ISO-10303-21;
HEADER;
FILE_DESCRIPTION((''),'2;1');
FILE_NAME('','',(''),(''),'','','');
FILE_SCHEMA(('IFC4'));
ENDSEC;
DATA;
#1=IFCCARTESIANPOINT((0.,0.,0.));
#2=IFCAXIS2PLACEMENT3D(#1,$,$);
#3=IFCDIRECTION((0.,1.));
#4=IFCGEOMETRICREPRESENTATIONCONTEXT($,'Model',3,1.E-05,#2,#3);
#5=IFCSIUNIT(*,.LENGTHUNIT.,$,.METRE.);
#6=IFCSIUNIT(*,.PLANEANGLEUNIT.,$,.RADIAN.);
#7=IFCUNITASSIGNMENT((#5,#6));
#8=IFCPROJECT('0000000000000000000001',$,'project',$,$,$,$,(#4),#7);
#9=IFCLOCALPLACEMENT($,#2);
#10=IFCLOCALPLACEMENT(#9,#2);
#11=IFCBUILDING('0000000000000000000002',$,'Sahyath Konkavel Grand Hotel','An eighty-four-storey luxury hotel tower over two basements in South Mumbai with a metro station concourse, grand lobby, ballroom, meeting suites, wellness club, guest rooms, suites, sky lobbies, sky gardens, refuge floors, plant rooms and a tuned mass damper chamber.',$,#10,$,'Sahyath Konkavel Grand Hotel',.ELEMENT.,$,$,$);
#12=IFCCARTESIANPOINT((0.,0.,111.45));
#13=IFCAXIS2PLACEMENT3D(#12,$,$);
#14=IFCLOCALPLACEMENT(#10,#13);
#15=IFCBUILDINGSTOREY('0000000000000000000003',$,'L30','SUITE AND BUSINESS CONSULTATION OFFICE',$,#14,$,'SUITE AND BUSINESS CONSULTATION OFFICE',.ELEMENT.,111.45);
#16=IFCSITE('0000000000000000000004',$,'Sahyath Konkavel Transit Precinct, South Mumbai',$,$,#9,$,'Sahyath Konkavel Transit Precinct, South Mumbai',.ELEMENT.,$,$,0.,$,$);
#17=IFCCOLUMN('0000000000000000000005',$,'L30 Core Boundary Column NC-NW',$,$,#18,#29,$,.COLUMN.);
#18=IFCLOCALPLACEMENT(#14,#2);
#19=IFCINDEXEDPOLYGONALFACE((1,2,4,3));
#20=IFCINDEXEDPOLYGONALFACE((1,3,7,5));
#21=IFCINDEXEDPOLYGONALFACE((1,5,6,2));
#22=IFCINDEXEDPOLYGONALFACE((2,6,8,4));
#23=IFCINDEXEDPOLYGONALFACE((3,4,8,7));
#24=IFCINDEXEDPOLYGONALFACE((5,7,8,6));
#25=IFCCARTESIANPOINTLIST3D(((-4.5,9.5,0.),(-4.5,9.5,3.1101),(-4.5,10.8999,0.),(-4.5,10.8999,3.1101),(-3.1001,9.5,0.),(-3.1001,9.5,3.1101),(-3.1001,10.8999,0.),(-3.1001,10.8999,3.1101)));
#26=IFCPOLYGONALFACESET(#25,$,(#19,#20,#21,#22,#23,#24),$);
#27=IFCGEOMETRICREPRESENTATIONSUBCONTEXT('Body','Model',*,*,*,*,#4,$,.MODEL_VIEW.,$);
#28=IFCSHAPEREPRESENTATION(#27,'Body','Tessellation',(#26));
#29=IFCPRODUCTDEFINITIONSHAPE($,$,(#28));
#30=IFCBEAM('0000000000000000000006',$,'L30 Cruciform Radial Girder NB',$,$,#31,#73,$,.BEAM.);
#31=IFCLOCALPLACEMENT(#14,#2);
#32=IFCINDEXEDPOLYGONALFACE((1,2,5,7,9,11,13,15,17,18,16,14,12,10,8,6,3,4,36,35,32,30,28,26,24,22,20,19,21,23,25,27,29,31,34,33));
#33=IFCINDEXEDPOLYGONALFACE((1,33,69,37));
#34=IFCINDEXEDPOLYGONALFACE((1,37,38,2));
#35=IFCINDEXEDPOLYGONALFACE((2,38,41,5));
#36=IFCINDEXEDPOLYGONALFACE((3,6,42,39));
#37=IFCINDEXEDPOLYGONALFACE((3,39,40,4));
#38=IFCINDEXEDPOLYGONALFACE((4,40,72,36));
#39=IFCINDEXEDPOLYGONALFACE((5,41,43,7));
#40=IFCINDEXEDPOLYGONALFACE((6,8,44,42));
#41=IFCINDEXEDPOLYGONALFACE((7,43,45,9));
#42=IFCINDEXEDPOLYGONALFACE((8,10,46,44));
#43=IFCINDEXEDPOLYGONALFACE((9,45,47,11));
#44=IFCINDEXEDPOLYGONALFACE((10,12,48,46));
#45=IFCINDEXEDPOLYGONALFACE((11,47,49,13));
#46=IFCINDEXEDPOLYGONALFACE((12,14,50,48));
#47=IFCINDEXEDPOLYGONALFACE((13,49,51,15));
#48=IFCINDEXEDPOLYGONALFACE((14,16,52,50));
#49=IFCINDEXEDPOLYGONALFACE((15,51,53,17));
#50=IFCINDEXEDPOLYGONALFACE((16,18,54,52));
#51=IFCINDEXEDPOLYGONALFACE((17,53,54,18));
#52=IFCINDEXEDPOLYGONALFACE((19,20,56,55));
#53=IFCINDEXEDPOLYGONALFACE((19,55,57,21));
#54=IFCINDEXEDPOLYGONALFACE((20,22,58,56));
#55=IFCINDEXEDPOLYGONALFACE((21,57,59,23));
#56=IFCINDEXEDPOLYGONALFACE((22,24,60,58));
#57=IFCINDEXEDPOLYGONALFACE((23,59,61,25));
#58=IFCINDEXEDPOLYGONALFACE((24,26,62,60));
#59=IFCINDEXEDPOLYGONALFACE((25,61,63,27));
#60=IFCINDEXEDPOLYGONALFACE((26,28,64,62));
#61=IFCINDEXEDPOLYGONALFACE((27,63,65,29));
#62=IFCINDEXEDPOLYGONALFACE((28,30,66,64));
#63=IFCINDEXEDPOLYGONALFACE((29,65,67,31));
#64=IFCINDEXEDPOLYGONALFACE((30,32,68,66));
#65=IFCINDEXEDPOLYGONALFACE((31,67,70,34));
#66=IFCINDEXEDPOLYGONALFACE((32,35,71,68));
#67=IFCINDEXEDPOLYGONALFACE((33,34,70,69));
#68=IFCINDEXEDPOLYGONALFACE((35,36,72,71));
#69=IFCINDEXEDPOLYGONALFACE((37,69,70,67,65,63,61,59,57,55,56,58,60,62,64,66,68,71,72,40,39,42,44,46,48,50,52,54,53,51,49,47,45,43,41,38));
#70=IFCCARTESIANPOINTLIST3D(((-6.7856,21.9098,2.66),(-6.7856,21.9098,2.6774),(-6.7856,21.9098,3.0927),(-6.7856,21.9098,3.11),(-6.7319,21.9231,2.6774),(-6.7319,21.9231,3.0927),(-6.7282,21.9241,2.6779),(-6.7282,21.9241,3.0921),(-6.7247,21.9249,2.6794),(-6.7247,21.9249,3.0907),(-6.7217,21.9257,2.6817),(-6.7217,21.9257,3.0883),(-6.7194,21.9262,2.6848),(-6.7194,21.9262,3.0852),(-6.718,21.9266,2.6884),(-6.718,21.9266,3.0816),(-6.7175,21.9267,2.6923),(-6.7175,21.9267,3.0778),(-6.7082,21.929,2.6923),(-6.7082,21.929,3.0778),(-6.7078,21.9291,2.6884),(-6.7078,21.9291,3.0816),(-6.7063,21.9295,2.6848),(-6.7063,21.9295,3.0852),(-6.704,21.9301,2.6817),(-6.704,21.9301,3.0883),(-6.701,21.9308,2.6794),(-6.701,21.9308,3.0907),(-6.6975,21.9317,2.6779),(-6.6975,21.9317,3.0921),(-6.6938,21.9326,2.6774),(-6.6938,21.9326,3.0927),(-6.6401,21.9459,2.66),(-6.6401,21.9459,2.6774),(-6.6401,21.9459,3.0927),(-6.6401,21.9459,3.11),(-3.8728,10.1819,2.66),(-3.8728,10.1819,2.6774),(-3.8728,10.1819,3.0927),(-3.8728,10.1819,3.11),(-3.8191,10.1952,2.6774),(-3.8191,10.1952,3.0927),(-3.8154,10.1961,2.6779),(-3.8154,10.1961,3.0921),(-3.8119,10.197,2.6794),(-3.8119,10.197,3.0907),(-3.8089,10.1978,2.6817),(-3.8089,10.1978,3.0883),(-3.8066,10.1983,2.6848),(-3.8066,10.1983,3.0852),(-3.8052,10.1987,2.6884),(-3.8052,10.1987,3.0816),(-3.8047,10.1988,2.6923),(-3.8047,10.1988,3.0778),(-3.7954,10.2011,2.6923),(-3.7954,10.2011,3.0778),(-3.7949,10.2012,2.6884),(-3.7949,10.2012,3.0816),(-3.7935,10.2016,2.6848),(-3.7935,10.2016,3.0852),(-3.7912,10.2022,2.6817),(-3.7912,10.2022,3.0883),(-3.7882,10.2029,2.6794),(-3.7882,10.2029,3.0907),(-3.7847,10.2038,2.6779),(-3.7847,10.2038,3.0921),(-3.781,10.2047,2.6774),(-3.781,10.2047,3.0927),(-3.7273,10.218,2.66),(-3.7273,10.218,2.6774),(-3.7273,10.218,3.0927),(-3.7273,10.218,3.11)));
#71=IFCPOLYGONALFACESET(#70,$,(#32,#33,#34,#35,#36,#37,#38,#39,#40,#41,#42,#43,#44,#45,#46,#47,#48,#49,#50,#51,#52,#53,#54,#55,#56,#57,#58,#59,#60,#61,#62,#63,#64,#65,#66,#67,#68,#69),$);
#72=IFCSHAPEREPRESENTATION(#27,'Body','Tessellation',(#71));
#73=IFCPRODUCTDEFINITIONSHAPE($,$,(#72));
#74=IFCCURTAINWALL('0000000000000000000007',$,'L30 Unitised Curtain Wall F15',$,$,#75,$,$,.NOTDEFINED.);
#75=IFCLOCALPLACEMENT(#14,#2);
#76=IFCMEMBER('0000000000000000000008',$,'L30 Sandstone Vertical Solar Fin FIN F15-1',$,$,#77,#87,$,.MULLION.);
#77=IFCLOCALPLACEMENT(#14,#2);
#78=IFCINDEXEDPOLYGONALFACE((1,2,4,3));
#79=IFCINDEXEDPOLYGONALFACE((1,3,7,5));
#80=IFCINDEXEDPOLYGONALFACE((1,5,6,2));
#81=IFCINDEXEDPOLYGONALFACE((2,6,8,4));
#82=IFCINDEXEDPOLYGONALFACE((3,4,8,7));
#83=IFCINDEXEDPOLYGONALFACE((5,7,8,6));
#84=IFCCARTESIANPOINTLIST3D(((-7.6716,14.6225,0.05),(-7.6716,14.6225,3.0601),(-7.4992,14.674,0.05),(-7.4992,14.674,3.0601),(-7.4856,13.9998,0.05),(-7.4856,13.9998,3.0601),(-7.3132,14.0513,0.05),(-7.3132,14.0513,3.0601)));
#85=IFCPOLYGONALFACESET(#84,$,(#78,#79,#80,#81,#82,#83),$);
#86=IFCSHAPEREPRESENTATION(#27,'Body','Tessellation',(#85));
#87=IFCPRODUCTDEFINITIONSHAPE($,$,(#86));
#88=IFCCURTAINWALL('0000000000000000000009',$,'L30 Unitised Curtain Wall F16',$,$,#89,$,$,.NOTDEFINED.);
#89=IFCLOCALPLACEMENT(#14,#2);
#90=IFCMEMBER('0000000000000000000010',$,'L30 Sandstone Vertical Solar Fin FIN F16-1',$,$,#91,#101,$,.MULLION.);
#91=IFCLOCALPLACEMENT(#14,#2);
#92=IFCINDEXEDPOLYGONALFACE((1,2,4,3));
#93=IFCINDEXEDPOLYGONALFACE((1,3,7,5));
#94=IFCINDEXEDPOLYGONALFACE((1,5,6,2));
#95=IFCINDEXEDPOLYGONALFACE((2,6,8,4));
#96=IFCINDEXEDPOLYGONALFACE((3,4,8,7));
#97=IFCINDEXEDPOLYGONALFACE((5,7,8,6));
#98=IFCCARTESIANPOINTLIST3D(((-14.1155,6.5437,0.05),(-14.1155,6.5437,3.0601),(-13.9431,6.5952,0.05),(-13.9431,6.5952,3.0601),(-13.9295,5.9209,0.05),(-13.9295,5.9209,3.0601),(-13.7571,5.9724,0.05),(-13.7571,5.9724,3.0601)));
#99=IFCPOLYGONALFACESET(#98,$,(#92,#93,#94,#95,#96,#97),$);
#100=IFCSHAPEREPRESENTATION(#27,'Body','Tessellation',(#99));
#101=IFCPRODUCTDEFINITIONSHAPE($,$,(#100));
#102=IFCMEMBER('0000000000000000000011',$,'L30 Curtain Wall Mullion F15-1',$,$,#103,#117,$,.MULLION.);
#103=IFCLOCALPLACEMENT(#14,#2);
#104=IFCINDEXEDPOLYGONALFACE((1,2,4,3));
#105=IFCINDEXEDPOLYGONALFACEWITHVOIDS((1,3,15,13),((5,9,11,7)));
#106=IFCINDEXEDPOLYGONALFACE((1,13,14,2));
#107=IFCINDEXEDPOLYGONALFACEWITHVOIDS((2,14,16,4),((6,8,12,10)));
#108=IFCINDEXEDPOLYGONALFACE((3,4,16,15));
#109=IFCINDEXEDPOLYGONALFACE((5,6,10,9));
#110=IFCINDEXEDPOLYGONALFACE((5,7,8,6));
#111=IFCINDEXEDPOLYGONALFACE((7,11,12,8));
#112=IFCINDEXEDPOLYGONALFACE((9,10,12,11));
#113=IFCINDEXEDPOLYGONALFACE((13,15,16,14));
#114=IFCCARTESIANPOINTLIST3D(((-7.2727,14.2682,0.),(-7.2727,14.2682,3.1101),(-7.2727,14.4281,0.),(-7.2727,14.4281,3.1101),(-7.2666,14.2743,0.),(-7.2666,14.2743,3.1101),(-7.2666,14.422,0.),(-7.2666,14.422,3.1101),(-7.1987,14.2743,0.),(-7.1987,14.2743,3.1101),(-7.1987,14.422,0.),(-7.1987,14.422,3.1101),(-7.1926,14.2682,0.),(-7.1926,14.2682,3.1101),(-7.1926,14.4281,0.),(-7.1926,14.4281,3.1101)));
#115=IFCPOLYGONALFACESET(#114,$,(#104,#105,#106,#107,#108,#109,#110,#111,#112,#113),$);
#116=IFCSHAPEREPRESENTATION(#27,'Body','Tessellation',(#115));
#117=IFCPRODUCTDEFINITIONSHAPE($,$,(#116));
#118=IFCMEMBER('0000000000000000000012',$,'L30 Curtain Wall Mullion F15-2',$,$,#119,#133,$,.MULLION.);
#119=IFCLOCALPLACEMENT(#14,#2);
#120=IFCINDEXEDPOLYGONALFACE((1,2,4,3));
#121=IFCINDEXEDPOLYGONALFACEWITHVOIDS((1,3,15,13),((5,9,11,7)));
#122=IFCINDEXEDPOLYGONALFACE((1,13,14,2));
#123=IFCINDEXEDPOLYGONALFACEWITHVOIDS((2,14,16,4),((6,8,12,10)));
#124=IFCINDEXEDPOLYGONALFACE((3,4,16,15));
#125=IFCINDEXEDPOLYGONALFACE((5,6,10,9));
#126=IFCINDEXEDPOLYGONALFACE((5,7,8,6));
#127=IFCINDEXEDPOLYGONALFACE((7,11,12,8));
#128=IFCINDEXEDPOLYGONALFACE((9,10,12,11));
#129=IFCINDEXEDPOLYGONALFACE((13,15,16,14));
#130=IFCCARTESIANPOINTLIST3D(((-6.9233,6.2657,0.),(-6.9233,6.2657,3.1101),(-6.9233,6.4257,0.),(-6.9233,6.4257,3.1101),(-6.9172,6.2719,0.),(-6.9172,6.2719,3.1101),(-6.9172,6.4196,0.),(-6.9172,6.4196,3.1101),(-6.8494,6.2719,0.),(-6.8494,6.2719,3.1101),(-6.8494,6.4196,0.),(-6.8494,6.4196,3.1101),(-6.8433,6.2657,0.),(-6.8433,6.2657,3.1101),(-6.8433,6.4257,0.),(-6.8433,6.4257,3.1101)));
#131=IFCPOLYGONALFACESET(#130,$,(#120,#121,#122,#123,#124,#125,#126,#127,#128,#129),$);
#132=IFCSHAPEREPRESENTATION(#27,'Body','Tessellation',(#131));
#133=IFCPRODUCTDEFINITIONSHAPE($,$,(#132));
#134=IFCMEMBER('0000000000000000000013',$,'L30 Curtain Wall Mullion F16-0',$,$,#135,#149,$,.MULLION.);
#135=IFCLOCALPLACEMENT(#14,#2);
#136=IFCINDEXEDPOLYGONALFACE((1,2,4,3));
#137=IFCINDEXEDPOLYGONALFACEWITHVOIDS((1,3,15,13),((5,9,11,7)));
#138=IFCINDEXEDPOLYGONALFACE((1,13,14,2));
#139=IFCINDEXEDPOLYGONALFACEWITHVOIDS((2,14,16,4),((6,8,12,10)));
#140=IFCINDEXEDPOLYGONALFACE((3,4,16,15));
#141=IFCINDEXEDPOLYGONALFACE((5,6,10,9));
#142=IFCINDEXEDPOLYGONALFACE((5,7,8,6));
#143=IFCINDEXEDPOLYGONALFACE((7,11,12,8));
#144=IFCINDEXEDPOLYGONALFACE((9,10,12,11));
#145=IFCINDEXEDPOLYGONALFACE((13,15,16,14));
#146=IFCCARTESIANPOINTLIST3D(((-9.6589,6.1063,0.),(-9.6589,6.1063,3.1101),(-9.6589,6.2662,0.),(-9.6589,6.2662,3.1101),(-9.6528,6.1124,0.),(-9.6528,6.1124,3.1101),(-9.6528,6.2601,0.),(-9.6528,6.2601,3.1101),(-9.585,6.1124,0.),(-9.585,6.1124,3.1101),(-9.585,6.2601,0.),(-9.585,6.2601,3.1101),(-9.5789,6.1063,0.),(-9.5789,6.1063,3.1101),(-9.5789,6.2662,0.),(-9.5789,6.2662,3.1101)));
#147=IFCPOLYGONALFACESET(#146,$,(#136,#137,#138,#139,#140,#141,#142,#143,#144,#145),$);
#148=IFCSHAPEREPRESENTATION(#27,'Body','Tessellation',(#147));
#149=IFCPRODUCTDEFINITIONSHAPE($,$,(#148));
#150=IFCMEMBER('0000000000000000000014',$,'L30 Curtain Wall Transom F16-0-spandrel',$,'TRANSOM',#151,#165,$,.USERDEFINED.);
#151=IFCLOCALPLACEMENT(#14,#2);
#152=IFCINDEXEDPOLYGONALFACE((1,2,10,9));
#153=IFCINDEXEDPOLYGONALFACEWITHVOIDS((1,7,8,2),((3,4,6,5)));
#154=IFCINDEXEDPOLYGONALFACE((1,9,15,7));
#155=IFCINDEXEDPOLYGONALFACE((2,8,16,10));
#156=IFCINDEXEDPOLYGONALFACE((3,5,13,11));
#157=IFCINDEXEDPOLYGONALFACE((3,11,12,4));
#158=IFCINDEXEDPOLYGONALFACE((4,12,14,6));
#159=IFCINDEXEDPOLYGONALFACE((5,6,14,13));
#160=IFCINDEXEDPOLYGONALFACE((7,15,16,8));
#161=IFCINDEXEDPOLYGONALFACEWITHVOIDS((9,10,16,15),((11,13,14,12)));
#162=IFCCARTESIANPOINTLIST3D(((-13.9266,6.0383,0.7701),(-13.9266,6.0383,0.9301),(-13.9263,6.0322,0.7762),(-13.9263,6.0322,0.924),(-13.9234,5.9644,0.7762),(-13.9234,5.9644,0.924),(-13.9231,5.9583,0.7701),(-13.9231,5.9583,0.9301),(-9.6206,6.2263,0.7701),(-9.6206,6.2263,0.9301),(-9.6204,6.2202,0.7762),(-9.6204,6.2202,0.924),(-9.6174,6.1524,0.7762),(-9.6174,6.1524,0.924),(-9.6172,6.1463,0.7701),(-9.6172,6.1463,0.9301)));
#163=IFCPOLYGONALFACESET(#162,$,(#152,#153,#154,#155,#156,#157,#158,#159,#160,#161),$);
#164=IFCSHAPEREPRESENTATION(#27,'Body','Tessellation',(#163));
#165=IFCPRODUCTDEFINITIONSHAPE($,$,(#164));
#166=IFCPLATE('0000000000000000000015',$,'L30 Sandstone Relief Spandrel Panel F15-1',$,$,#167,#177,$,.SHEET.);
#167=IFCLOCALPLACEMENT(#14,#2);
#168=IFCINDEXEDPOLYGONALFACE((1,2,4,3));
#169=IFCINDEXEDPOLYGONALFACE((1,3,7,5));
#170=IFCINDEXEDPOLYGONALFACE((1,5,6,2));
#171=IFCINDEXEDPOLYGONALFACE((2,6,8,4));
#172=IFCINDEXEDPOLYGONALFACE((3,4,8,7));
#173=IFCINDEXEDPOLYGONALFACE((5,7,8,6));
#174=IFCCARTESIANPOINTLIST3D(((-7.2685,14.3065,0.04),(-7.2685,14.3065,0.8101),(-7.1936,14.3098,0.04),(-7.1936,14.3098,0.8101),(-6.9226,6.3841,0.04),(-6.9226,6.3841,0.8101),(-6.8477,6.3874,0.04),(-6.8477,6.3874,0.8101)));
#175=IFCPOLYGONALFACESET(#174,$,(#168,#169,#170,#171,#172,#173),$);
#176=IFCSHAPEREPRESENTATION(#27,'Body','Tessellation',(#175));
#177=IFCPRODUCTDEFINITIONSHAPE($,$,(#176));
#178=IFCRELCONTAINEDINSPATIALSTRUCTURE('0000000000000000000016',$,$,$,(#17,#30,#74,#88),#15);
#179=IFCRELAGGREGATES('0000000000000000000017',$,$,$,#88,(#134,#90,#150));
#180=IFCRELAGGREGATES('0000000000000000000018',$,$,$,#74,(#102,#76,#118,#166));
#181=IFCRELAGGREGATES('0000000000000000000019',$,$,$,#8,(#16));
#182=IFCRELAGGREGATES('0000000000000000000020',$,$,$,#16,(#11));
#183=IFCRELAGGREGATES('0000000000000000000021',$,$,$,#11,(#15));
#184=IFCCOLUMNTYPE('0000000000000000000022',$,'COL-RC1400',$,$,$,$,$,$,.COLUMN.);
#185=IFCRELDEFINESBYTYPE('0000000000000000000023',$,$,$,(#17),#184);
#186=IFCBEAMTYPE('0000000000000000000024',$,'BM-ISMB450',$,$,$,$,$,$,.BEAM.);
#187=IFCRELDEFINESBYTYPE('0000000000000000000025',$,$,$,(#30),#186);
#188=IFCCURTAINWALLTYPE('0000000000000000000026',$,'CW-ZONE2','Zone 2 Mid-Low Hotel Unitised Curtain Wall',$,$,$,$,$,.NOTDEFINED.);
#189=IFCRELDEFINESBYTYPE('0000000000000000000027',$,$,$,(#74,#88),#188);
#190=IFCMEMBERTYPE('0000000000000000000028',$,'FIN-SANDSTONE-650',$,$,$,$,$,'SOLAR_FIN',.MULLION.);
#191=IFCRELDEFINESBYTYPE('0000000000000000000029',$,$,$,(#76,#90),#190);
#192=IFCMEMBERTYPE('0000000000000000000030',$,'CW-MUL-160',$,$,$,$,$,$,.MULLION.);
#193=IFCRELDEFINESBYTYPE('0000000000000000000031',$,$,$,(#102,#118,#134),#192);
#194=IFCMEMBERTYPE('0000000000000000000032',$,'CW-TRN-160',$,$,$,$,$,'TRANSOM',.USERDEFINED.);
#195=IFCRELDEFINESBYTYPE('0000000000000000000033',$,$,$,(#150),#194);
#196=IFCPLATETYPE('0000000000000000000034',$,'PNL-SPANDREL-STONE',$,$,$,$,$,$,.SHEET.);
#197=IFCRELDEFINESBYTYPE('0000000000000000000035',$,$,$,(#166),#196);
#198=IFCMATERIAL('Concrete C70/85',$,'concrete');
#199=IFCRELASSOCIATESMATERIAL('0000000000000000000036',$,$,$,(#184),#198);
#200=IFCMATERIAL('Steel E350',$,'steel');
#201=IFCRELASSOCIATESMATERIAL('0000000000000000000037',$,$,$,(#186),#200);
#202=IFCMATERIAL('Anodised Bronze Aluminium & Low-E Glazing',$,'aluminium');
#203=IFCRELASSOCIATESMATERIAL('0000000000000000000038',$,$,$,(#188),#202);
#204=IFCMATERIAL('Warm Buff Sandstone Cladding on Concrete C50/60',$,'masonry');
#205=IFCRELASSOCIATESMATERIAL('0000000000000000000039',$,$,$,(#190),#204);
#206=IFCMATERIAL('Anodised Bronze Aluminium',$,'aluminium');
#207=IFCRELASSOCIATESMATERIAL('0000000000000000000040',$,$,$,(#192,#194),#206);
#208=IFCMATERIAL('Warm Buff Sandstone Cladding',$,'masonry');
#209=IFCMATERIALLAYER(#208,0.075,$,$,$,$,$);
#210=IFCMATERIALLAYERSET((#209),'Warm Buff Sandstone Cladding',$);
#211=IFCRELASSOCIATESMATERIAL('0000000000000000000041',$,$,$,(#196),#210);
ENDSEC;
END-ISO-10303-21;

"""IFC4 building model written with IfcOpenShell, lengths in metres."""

from ifc_helpers import new_model, si_unit, direction, frame, origin, origin_2d, place, context, subcontext, project, spatial, rectangle, hollow_rectangle, i_section, extrude, source, transform, mapped, material, layer, layer_set, material_profile, profile_set, type_object, element, aggregate, save


model = new_model("IFC4")

# Units and contexts
model_context = context("Model", 3, precision=1e-05, world=origin(), true_north=direction((0.0, 1.0)))
body_context = subcontext(model_context, "Body", "Model", "MODEL_VIEW")
ifc_project = project(units=[si_unit("LENGTHUNIT", "METRE"), si_unit("PLANEANGLEUNIT", "RADIAN")], contexts=[model_context])

# Site, building, storey
site_placement = place(None, origin())
site = spatial("IfcSite", under=ifc_project, at=site_placement, Name="Sahyath Konkavel Transit Precinct, South Mumbai", LongName="Sahyath Konkavel Transit Precinct, South Mumbai", CompositionType="ELEMENT", RefElevation=0.0)
building_placement = place(site_placement, origin())
building = spatial("IfcBuilding", under=site, at=building_placement, Name="Sahyath Konkavel Grand Hotel", Description="An eighty-four-storey luxury hotel tower over two basements in South Mumbai with a metro station concourse, grand lobby, ballroom, meeting suites, wellness club, guest rooms, suites, sky lobbies, sky gardens, refuge floors, plant rooms and a tuned mass damper chamber.", LongName="Sahyath Konkavel Grand Hotel", CompositionType="ELEMENT")
storey_placement = place(building_placement, frame((0.0, 0.0, 111.45)))
storey = spatial("IfcBuildingStorey", under=building, at=storey_placement, Name="L30", Description="SUITE AND BUSINESS CONSULTATION OFFICE", LongName="SUITE AND BUSINESS CONSULTATION OFFICE", CompositionType="ELEMENT", Elevation=111.45)

# Column
ifc_material_1 = material(Name="Concrete C70/85", Category="concrete")
ifc_material_profile_1 = material_profile(ifc_material_1, rectangle(XDim=1.3999, YDim=1.3999, at=origin_2d()), Name="RC 1400x1400")
ifc_profile_set_1 = profile_set([ifc_material_profile_1], Name="Concrete C70/85")
column_type = type_object("IfcColumnType", Name="COL-RC1400", PredefinedType="COLUMN", material=ifc_profile_set_1)
shared_shape_1 = source(origin(), body_context, "Body", "SweptSolid", [
    extrude(rectangle(XDim=1.3999, YDim=1.3999, at=origin_2d()), origin(), (0.0, 0.0, 1.0), 3.1101),
])
column_placement = place(storey_placement, frame((-3.8, 10.2, 0.0), z_axis=(0.0, 0.0, 1.0), x_axis=(1.0, 0.0, 0.0)))
element("IfcColumn", 1, at=column_placement, inside=storey, type_object=column_type, Name="L30 Core Boundary Column NC-NW", PredefinedType="COLUMN", context=body_context, shape_type="MappedRepresentation", body=[
    mapped(shared_shape_1, transform((0.0, 0.0, 0.0), scale=1.0)),
])

# Beam
ifc_material_2 = material(Name="Steel E350", Category="steel")
ifc_material_profile_2 = material_profile(ifc_material_2, i_section(OverallWidth=0.1499, OverallDepth=0.45, WebThickness=0.0095, FlangeThickness=0.0173, FilletRadius=0.0149, at=origin_2d()), Name="ISMB 450")
ifc_profile_set_2 = profile_set([ifc_material_profile_2], Name="Steel E350")
beam_type = type_object("IfcBeamType", Name="BM-ISMB450", PredefinedType="BEAM", material=ifc_profile_set_2)
shared_shape_2 = source(origin(), body_context, "Body", "SweptSolid", [
    extrude(i_section(OverallWidth=0.1499, OverallDepth=0.45, WebThickness=0.0095, FlangeThickness=0.0173, FilletRadius=0.0149, at=origin_2d()), origin(), (0.0, 0.0, 1.0), 12.0842),
])
beam_placement = place(storey_placement, frame((-3.8, 10.2, 2.885), z_axis=(-0.241043, 0.970515, 0.0), x_axis=(-0.970515, -0.241043, 0.0)))
element("IfcBeam", 2, at=beam_placement, inside=storey, type_object=beam_type, Name="L30 Cruciform Radial Girder NB", PredefinedType="BEAM", context=body_context, shape_type="MappedRepresentation", body=[
    mapped(shared_shape_2, transform((0.0, 0.0, 0.0), scale=1.0)),
])

# Curtain walls, members
ifc_material_3 = material(Name="Anodised Bronze Aluminium & Low-E Glazing", Category="aluminium")
curtain_wall_type = type_object("IfcCurtainWallType", Name="CW-ZONE2", Description="Zone 2 Mid-Low Hotel Unitised Curtain Wall", PredefinedType="NOTDEFINED", material=ifc_material_3)
curtain_wall_1_placement = place(storey_placement, origin())
curtain_wall_1 = element("IfcCurtainWall", 3, at=curtain_wall_1_placement, inside=storey, type_object=curtain_wall_type, Name="L30 Unitised Curtain Wall F15", PredefinedType="NOTDEFINED")
ifc_material_4 = material(Name="Warm Buff Sandstone Cladding on Concrete C50/60", Category="masonry")
ifc_material_profile_3 = material_profile(ifc_material_4, rectangle(XDim=0.1799, YDim=0.6499, at=origin_2d()), Name="FIN 180x650")
ifc_profile_set_3 = profile_set([ifc_material_profile_3], Name="Warm Buff Sandstone Cladding on Concrete C50/60")
member_type_1 = type_object("IfcMemberType", Name="FIN-SANDSTONE-650", ElementType="SOLAR_FIN", PredefinedType="MULLION", material=ifc_profile_set_3)
shared_shape_3 = source(origin(), body_context, "Body", "SweptSolid", [
    extrude(rectangle(XDim=0.1799, YDim=0.6499, at=origin_2d()), origin(), (0.0, 0.0, 1.0), 3.01),
])
member_1_placement = place(storey_placement, frame((-7.4924, 14.3369, 0.05), z_axis=(0.0, 0.0, 1.0), x_axis=(0.958173, 0.28619, 0.0)))
member_1 = element("IfcMember", 4, at=member_1_placement, type_object=member_type_1, Name="L30 Sandstone Vertical Solar Fin FIN F15-1", PredefinedType="MULLION", context=body_context, shape_type="MappedRepresentation", body=[
    mapped(shared_shape_3, transform((0.0, 0.0, 0.0), scale=1.0)),
])
curtain_wall_2_placement = place(storey_placement, origin())
curtain_wall_2 = element("IfcCurtainWall", 5, at=curtain_wall_2_placement, inside=storey, type_object=curtain_wall_type, Name="L30 Unitised Curtain Wall F16", PredefinedType="NOTDEFINED")
member_2_placement = place(storey_placement, frame((-13.9363, 6.2581, 0.05), z_axis=(0.0, 0.0, 1.0), x_axis=(0.958173, 0.28619, 0.0)))
member_2 = element("IfcMember", 6, at=member_2_placement, type_object=member_type_1, Name="L30 Sandstone Vertical Solar Fin FIN F16-1", PredefinedType="MULLION", context=body_context, shape_type="MappedRepresentation", body=[
    mapped(shared_shape_3, transform((0.0, 0.0, 0.0), scale=1.0)),
])

# Members
ifc_material_5 = material(Name="Anodised Bronze Aluminium", Category="aluminium")
ifc_material_profile_4 = material_profile(ifc_material_5, hollow_rectangle(XDim=0.0801, YDim=0.1599, WallThickness=0.0061, at=origin_2d()), Name="RHS 160x80x6")
ifc_profile_set_4 = profile_set([ifc_material_profile_4], Name="Anodised Bronze Aluminium")
member_type_2 = type_object("IfcMemberType", Name="CW-MUL-160", PredefinedType="MULLION", material=ifc_profile_set_4)
shared_shape_4 = source(origin(), body_context, "Body", "SweptSolid", [
    extrude(hollow_rectangle(XDim=0.0801, YDim=0.1599, WallThickness=0.0061, at=origin_2d()), origin(), (0.0, 0.0, 1.0), 3.1101),
])
member_3_placement = place(storey_placement, frame((-7.2327, 14.3481, 0.0), z_axis=(0.0, 0.0, 1.0), x_axis=(1.0, 0.0, 0.0)))
member_3 = element("IfcMember", 7, at=member_3_placement, type_object=member_type_2, Name="L30 Curtain Wall Mullion F15-1", PredefinedType="MULLION", context=body_context, shape_type="MappedRepresentation", body=[
    mapped(shared_shape_4, transform((0.0, 0.0, 0.0), scale=1.0)),
])
member_4_placement = place(storey_placement, frame((-6.8833, 6.3457, 0.0), z_axis=(0.0, 0.0, 1.0), x_axis=(1.0, 0.0, 0.0)))
member_4 = element("IfcMember", 8, at=member_4_placement, type_object=member_type_2, Name="L30 Curtain Wall Mullion F15-2", PredefinedType="MULLION", context=body_context, shape_type="MappedRepresentation", body=[
    mapped(shared_shape_4, transform((0.0, 0.0, 0.0), scale=1.0)),
])
member_5_placement = place(storey_placement, frame((-9.6189, 6.1863, 0.0), z_axis=(0.0, 0.0, 1.0), x_axis=(1.0, 0.0, 0.0)))
member_5 = element("IfcMember", 9, at=member_5_placement, type_object=member_type_2, Name="L30 Curtain Wall Mullion F16-0", PredefinedType="MULLION", context=body_context, shape_type="MappedRepresentation", body=[
    mapped(shared_shape_4, transform((0.0, 0.0, 0.0), scale=1.0)),
])
ifc_material_profile_5 = material_profile(ifc_material_5, hollow_rectangle(XDim=0.0801, YDim=0.1599, WallThickness=0.0061, at=origin_2d()), Name="RHS 160x80x6")
ifc_profile_set_5 = profile_set([ifc_material_profile_5], Name="Anodised Bronze Aluminium")
member_type_3 = type_object("IfcMemberType", Name="CW-TRN-160", ElementType="TRANSOM", PredefinedType="USERDEFINED", material=ifc_profile_set_5)
shared_shape_5 = source(origin(), body_context, "Body", "SweptSolid", [
    extrude(hollow_rectangle(XDim=0.0801, YDim=0.1599, WallThickness=0.0061, at=origin_2d()), origin(), (0.0, 0.0, 1.0), 4.3101),
])
member_6_placement = place(storey_placement, frame((-9.6189, 6.1863, 0.8501), z_axis=(-0.999048, -0.043617, 0.0), x_axis=(0.043617, -0.999048, 0.0)))
member_6 = element("IfcMember", 10, at=member_6_placement, type_object=member_type_3, Name="L30 Curtain Wall Transom F16-0-spandrel", ObjectType="TRANSOM", PredefinedType="USERDEFINED", context=body_context, shape_type="MappedRepresentation", body=[
    mapped(shared_shape_5, transform((0.0, 0.0, 0.0), scale=1.0)),
])
aggregate(curtain_wall_2, [member_5, member_2, member_6])

# Plate
ifc_material_6 = material(Name="Warm Buff Sandstone Cladding", Category="masonry")
ifc_layer_1 = layer(ifc_material_6, 0.075)
ifc_layer_set_1 = layer_set([ifc_layer_1], Name="Warm Buff Sandstone Cladding")
plate_type_1 = type_object("IfcPlateType", Name="PNL-SPANDREL-STONE", PredefinedType="SHEET", material=ifc_layer_set_1)
shared_shape_6 = source(origin(), body_context, "Body", "SweptSolid", [
    extrude(rectangle(XDim=7.9299, YDim=0.075, at=origin_2d()), origin(), (0.0, 0.0, 1.0), 0.77),
])
plate_1_placement = place(storey_placement, frame((-7.0581, 10.3469, 0.04), z_axis=(0.0, 0.0, 1.0), x_axis=(0.043619, -0.999048, 0.0)))
plate_1 = element("IfcPlate", 11, at=plate_1_placement, type_object=plate_type_1, Name="L30 Sandstone Relief Spandrel Panel F15-1", PredefinedType="SHEET", context=body_context, shape_type="MappedRepresentation", body=[
    mapped(shared_shape_6, transform((0.0, 0.0, 0.0), scale=1.0)),
])
aggregate(curtain_wall_1, [member_3, member_1, member_4, plate_1])

save(model, "model.ifc")
